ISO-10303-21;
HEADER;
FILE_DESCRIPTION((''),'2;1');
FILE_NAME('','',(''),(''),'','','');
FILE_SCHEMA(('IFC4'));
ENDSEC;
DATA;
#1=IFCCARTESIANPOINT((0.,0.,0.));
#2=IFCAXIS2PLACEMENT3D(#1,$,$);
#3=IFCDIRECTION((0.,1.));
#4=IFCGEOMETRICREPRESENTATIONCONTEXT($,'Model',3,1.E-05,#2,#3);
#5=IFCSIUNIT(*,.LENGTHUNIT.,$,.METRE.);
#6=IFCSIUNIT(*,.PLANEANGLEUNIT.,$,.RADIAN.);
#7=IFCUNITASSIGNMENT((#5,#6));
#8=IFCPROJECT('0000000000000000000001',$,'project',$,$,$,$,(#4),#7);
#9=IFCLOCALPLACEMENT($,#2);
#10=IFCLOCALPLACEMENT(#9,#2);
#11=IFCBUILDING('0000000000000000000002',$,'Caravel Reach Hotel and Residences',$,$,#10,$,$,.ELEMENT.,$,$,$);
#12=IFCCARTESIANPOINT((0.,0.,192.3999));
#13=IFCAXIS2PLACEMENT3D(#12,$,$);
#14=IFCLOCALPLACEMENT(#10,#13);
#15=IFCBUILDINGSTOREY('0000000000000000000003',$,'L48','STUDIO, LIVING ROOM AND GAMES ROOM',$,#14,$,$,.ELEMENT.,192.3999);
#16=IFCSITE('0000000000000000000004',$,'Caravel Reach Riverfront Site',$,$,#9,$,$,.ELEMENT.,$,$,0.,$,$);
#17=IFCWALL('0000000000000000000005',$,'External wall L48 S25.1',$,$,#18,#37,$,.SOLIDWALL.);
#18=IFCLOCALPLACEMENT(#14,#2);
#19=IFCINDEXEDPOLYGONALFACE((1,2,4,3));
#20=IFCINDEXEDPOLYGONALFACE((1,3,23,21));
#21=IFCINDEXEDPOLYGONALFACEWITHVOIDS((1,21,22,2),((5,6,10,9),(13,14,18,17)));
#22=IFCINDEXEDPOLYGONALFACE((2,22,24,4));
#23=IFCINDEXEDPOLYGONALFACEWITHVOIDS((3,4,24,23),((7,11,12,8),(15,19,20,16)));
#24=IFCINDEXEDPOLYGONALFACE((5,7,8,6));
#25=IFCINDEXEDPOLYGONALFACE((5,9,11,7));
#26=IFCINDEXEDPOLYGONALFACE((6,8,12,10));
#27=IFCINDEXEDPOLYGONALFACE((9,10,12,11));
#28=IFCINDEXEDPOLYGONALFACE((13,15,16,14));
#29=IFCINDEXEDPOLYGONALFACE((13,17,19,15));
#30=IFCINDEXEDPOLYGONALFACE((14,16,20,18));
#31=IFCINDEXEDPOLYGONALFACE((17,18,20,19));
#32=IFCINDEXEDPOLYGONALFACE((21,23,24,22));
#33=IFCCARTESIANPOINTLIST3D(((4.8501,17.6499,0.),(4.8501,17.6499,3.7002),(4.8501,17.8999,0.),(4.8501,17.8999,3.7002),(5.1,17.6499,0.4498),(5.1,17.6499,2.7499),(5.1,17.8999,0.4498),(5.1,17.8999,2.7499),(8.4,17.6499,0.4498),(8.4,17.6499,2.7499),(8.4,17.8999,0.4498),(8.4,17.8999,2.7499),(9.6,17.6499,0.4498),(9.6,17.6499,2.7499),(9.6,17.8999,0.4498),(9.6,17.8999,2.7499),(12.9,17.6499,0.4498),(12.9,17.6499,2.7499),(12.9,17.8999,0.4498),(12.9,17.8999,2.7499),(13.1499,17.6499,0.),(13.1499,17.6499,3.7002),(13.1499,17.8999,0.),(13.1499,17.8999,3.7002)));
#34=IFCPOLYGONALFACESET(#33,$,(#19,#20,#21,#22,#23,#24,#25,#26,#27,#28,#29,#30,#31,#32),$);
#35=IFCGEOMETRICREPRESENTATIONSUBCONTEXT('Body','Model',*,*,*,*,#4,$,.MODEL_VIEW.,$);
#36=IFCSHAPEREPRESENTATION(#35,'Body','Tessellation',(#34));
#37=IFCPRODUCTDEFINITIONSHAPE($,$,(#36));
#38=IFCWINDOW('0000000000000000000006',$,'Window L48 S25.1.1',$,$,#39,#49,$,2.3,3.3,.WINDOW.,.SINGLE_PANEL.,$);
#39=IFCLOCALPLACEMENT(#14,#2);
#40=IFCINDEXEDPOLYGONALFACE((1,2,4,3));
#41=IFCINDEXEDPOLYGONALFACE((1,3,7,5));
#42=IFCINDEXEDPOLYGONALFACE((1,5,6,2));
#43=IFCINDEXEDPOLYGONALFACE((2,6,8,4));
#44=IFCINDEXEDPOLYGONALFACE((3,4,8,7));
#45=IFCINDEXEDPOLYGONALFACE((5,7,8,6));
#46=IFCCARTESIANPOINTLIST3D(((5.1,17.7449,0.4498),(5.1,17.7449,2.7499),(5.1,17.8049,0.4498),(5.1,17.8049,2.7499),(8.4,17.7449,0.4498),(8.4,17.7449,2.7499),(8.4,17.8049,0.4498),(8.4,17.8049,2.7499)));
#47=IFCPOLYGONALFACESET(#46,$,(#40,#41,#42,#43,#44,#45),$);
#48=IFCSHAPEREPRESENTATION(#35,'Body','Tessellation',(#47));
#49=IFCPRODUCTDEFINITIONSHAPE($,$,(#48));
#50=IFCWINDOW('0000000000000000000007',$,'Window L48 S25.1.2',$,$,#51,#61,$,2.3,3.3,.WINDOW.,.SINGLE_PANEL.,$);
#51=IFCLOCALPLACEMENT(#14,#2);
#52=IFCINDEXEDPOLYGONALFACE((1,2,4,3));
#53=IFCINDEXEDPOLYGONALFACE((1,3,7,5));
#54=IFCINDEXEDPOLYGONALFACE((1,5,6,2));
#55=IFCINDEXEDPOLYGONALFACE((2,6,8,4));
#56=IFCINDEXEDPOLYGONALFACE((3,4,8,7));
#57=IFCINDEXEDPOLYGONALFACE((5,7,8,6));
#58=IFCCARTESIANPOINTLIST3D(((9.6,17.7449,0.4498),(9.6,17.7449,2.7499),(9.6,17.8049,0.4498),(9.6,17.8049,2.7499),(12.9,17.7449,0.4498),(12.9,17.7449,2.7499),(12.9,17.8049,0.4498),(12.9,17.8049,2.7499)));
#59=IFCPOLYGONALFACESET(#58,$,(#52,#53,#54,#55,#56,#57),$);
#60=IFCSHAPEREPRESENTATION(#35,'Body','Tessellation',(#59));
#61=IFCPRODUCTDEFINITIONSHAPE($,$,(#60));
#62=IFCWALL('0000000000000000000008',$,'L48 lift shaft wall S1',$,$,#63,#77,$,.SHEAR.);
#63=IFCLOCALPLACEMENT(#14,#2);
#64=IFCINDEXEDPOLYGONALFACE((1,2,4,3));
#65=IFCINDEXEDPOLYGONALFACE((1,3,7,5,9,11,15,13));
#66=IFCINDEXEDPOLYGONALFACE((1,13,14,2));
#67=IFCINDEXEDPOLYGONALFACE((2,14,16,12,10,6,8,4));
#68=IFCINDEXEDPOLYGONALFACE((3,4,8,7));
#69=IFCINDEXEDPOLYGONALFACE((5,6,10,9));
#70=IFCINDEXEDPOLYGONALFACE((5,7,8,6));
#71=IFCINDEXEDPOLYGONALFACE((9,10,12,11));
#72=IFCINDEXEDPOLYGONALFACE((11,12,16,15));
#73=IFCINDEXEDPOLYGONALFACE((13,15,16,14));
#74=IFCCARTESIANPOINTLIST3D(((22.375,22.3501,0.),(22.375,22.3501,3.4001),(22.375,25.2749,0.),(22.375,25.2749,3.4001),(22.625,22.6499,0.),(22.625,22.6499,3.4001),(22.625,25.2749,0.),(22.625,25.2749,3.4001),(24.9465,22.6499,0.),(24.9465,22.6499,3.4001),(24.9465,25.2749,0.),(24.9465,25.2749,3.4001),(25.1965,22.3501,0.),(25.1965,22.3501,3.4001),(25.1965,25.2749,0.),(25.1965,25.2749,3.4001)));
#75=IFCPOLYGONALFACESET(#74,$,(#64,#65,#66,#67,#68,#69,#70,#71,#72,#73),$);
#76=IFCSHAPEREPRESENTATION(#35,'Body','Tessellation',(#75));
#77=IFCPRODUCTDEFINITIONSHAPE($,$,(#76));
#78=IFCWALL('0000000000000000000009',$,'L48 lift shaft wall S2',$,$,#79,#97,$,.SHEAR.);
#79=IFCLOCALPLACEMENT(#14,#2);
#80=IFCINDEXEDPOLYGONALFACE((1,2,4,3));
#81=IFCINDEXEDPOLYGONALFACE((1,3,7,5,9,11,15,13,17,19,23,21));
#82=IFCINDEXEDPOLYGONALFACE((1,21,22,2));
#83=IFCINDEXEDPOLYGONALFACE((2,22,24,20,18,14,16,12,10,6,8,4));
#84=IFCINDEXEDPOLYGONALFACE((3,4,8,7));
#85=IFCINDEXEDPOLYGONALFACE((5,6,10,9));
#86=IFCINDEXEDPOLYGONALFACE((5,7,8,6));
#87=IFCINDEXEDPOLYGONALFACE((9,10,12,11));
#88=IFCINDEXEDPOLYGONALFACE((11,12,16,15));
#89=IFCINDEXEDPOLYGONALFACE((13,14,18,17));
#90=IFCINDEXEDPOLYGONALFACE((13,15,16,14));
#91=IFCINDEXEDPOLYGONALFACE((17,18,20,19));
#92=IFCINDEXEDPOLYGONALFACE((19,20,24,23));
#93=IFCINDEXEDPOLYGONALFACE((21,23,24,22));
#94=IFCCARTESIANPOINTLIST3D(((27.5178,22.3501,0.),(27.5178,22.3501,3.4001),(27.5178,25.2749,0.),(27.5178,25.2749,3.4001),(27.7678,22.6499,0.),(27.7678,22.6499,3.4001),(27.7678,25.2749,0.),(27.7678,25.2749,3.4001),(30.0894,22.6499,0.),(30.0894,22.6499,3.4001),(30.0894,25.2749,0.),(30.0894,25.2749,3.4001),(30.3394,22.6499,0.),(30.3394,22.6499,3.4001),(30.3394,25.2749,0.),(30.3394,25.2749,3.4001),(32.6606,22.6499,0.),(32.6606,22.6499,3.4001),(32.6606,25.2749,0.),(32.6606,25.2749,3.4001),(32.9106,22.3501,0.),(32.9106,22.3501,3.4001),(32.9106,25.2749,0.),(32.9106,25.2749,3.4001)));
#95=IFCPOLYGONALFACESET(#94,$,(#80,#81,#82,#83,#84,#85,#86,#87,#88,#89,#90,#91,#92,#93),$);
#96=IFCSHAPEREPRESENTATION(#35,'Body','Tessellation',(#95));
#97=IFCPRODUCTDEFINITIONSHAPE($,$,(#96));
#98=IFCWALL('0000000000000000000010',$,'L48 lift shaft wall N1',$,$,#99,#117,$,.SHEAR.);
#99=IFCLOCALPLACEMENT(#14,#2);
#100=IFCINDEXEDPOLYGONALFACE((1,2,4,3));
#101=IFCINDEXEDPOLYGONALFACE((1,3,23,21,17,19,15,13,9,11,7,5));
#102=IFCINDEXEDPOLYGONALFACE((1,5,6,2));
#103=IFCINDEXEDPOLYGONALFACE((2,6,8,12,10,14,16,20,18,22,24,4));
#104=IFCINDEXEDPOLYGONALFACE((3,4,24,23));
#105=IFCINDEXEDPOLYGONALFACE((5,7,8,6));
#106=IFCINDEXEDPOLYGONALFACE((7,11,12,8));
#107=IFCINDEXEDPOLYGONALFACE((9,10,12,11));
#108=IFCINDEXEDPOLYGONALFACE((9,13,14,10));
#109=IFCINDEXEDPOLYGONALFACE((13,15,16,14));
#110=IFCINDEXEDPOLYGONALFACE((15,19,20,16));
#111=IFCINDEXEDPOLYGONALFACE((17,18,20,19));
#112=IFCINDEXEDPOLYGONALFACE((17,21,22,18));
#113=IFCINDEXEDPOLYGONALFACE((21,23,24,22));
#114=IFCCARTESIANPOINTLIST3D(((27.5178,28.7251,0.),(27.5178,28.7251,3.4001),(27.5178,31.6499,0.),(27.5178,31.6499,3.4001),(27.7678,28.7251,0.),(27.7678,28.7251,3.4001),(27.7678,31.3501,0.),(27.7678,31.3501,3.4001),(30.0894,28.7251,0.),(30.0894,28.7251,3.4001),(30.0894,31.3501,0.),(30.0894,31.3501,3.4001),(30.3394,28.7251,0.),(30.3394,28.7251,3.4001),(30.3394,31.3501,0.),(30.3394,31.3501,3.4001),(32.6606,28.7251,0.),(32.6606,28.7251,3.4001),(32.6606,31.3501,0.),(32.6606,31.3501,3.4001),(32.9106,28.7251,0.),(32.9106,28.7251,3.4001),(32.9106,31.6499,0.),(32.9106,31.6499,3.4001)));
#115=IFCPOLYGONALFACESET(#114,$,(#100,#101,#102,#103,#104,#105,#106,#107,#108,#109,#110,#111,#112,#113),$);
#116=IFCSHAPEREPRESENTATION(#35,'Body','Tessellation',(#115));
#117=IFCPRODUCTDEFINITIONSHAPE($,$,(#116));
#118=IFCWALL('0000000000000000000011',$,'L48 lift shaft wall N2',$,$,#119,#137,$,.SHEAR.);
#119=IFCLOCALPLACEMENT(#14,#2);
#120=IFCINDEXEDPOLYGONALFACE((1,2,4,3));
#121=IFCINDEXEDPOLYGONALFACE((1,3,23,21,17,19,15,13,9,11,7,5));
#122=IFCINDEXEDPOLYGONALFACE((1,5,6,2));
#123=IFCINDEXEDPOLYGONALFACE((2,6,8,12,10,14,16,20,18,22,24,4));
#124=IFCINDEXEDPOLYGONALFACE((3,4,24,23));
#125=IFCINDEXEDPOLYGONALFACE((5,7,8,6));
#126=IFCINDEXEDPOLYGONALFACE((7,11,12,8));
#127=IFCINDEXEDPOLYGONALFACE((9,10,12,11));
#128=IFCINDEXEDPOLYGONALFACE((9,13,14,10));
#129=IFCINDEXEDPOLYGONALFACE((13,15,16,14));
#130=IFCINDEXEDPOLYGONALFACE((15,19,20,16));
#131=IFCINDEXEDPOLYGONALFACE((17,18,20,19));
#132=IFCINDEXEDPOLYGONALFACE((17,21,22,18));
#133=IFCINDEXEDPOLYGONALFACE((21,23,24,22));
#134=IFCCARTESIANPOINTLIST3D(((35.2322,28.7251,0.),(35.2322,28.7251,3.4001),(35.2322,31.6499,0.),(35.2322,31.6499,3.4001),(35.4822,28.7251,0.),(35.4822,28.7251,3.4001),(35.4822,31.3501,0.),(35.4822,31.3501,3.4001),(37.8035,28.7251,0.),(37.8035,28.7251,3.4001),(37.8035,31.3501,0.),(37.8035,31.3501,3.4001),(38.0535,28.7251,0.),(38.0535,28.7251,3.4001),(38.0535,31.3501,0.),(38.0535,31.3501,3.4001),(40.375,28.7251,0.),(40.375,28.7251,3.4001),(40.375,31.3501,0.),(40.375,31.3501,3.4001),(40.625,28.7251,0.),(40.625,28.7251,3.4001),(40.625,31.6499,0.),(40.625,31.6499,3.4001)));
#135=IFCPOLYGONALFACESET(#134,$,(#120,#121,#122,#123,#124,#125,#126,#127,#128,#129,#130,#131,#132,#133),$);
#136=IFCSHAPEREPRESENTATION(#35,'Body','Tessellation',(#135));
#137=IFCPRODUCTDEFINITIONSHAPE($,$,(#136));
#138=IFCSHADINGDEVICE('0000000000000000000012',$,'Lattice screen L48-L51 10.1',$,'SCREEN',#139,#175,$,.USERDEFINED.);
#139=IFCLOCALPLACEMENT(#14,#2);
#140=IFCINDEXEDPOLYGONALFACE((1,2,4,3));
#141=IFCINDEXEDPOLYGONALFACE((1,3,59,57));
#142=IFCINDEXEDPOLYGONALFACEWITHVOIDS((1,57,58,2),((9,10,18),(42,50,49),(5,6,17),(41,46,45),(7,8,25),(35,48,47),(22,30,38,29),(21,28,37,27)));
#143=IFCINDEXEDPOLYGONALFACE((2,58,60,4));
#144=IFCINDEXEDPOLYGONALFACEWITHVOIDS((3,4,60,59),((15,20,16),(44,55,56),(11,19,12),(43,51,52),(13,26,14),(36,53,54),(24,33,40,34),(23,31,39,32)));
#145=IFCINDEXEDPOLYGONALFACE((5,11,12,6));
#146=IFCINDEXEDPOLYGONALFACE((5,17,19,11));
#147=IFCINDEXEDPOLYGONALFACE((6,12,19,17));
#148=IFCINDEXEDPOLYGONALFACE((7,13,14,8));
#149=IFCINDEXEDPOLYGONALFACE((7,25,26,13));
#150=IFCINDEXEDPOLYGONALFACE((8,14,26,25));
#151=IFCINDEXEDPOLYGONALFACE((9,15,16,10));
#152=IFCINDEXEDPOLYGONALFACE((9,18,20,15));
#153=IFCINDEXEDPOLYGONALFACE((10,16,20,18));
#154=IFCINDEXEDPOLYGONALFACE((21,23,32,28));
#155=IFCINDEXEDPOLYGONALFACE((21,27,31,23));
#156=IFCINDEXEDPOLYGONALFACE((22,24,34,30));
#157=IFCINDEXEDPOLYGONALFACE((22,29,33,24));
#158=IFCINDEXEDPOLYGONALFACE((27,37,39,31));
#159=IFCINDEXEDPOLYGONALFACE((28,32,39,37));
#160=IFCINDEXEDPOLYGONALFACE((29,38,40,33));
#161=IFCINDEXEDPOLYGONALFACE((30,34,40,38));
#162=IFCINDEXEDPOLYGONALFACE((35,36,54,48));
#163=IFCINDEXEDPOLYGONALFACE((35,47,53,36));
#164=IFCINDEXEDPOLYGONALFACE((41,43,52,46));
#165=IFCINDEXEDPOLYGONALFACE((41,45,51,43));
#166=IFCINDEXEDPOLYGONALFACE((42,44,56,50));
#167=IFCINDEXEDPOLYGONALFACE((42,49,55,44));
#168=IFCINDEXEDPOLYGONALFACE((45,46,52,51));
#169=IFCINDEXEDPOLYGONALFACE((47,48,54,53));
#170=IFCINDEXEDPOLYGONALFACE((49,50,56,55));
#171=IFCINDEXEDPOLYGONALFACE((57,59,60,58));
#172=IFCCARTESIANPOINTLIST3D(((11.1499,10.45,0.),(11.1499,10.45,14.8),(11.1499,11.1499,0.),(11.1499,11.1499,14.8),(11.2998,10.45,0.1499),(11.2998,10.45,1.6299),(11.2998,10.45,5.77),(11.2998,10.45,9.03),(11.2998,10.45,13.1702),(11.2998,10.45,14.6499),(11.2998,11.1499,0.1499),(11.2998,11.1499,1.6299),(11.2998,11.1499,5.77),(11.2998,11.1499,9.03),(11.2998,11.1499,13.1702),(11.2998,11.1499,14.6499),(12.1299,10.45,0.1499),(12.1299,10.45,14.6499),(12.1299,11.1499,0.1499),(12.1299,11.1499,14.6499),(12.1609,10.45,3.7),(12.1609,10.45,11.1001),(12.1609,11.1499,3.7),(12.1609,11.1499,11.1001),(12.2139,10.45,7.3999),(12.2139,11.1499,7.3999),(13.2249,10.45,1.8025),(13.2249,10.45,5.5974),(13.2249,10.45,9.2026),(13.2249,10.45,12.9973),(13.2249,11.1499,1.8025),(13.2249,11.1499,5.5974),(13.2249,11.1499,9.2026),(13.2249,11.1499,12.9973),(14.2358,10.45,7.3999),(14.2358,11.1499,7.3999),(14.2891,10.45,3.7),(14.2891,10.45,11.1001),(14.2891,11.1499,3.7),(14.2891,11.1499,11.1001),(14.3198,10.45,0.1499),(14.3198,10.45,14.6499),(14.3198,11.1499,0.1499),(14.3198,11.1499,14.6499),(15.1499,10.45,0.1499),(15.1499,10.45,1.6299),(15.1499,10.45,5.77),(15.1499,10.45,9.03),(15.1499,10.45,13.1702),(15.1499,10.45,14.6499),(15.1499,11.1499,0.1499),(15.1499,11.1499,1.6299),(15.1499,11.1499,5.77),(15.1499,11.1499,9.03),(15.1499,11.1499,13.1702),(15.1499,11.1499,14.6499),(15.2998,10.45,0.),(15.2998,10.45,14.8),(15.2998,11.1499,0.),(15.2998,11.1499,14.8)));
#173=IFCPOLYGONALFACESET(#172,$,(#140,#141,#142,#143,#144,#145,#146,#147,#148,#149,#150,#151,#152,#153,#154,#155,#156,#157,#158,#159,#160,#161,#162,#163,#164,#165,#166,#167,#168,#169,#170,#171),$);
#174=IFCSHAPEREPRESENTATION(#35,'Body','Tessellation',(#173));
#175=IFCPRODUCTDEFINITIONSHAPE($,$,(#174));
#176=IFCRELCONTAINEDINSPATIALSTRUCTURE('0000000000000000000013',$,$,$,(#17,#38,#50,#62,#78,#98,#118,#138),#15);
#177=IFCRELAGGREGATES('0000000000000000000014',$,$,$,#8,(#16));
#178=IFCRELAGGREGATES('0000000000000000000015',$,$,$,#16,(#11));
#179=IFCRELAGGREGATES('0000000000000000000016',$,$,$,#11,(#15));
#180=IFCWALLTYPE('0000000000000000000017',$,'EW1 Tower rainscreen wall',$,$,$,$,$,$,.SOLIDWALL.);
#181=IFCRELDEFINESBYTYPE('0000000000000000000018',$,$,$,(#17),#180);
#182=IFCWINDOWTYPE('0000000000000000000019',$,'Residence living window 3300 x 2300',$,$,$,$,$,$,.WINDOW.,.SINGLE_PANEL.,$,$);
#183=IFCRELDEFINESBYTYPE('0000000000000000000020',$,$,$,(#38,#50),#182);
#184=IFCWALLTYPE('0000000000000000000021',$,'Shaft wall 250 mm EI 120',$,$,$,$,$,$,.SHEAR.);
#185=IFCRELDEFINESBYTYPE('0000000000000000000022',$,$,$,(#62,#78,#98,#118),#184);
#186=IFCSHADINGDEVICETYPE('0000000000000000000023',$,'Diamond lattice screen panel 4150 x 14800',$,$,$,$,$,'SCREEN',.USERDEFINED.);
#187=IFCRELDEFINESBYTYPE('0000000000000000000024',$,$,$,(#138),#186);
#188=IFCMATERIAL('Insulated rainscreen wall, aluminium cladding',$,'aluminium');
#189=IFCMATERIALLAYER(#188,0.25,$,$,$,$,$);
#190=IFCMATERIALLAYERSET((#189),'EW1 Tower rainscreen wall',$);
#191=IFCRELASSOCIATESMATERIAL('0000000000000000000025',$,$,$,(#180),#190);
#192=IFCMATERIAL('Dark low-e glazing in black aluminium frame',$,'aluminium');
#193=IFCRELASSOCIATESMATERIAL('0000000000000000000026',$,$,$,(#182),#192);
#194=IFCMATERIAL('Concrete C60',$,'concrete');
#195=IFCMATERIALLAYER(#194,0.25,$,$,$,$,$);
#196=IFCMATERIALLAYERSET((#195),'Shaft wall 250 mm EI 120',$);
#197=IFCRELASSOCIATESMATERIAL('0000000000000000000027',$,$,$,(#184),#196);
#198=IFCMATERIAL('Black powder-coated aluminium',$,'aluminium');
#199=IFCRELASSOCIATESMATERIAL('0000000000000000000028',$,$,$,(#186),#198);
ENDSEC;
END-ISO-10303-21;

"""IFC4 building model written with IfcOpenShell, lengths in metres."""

from ifc_helpers import new_model, si_unit, direction, frame, frame_2d, origin, place, context, subcontext, project, spatial, polyline, rectangle, outline, extrude, material, layer, layer_set, type_object, element, fill, save


model = new_model("IFC4")

# Units and contexts
model_context = context("Model", 3, precision=1e-05, world=origin(), true_north=direction((0.0, 1.0)))
body_context = subcontext(model_context, "Body", "Model", "MODEL_VIEW")
ifc_project = project(units=[si_unit("LENGTHUNIT", "METRE"), si_unit("PLANEANGLEUNIT", "RADIAN")], contexts=[model_context])

# Site, building, storey
site_placement = place(None, origin())
site = spatial("IfcSite", under=ifc_project, at=site_placement, Name="Caravel Reach Riverfront Site", CompositionType="ELEMENT", RefElevation=0.0)
building_placement = place(site_placement, origin())
building = spatial("IfcBuilding", under=site, at=building_placement, Name="Caravel Reach Hotel and Residences", CompositionType="ELEMENT")
storey_placement = place(building_placement, frame((0.0, 0.0, 192.3999)))
storey = spatial("IfcBuildingStorey", under=building, at=storey_placement, Name="L48", Description="STUDIO, LIVING ROOM AND GAMES ROOM", CompositionType="ELEMENT", Elevation=192.3999)

# Wall, openings, windows
ifc_material_1 = material(Name="Insulated rainscreen wall, aluminium cladding", Category="aluminium")
ifc_layer_1 = layer(ifc_material_1, 0.25)
ifc_layer_set_1 = layer_set([ifc_layer_1], Name="EW1 Tower rainscreen wall")
wall_type_1 = type_object("IfcWallType", Name="EW1 Tower rainscreen wall", PredefinedType="SOLIDWALL", material=ifc_layer_set_1)
wall_1_placement = place(storey_placement, frame((4.8501, 17.7749, 0.0), z_axis=(0.0, 0.0, 1.0), x_axis=(1.0, 0.0, 0.0)))
wall_1 = element("IfcWall", 1, at=wall_1_placement, inside=storey, type_object=wall_type_1, Name="External wall L48 S25.1", PredefinedType="SOLIDWALL", context=body_context, shape_type="SweptSolid", body=[
    extrude(rectangle(XDim=8.2998, YDim=0.25, at=frame_2d((4.1499, 0.0))), origin(), (0.0, 0.0, 1.0), 3.7002),
])
opening_1_placement = place(wall_1_placement, frame((0.25, 0.0, 0.45)))
opening_1 = element("IfcOpeningElement", 2, at=opening_1_placement, cuts=wall_1, PredefinedType="OPENING", context=body_context, shape_type="SweptSolid", body=[
    extrude(rectangle(XDim=3.3, YDim=2.3, at=frame_2d((1.6499, 1.1499))), frame((0.0, 0.135, 0.0), z_axis=(0.0, -1.0, 0.0), x_axis=(1.0, 0.0, 0.0)), (0.0, 0.0, 1.0), 0.27),
])
opening_2_placement = place(wall_1_placement, frame((4.75, 0.0, 0.45)))
opening_2 = element("IfcOpeningElement", 3, at=opening_2_placement, cuts=wall_1, PredefinedType="OPENING", context=body_context, shape_type="SweptSolid", body=[
    extrude(rectangle(XDim=3.3, YDim=2.3, at=frame_2d((1.6499, 1.1499))), frame((0.0, 0.135, 0.0), z_axis=(0.0, -1.0, 0.0), x_axis=(1.0, 0.0, 0.0)), (0.0, 0.0, 1.0), 0.27),
])
ifc_material_2 = material(Name="Dark low-e glazing in black aluminium frame", Category="aluminium")
window_type = type_object("IfcWindowType", Name="Residence living window 3300 x 2300", PartitioningType="SINGLE_PANEL", PredefinedType="WINDOW", material=ifc_material_2)
window_1_placement = place(opening_1_placement, origin())
window_1 = element("IfcWindow", 4, at=window_1_placement, inside=storey, type_object=window_type, Name="Window L48 S25.1.1", OverallHeight=2.3, OverallWidth=3.3, PartitioningType="SINGLE_PANEL", PredefinedType="WINDOW", context=body_context, shape_type="SweptSolid", body=[
    extrude(rectangle(XDim=3.3, YDim=2.3, at=frame_2d((1.6499, 1.1499))), frame((0.0, 0.03, 0.0), z_axis=(0.0, -1.0, 0.0), x_axis=(1.0, 0.0, 0.0)), (0.0, 0.0, 1.0), 0.0601),
])
fill(opening_1, window_1)
window_2_placement = place(opening_2_placement, origin())
window_2 = element("IfcWindow", 5, at=window_2_placement, inside=storey, type_object=window_type, Name="Window L48 S25.1.2", OverallHeight=2.3, OverallWidth=3.3, PartitioningType="SINGLE_PANEL", PredefinedType="WINDOW", context=body_context, shape_type="SweptSolid", body=[
    extrude(rectangle(XDim=3.3, YDim=2.3, at=frame_2d((1.6499, 1.1499))), frame((0.0, 0.03, 0.0), z_axis=(0.0, -1.0, 0.0), x_axis=(1.0, 0.0, 0.0)), (0.0, 0.0, 1.0), 0.0601),
])
fill(opening_2, window_2)

# Walls
ifc_material_3 = material(Name="Concrete C60", Category="concrete")
ifc_layer_2 = layer(ifc_material_3, 0.25)
ifc_layer_set_2 = layer_set([ifc_layer_2], Name="Shaft wall 250 mm EI 120")
wall_type_2 = type_object("IfcWallType", Name="Shaft wall 250 mm EI 120", PredefinedType="SHEAR", material=ifc_layer_set_2)
wall_2_placement = place(storey_placement, origin())
element("IfcWall", 6, at=wall_2_placement, inside=storey, type_object=wall_type_2, Name="L48 lift shaft wall S1", PredefinedType="SHEAR", context=body_context, shape_type="SweptSolid", body=[
    extrude(outline(polyline([(22.375, 22.3501), (25.1965, 22.3501), (25.1965, 25.2749), (24.9465, 25.2749), (24.9465, 22.6499), (22.625, 22.6499), (22.625, 25.2749), (22.375, 25.2749), (22.375, 22.3501)])), origin(), (0.0, 0.0, 1.0), 3.4001),
])
wall_3_placement = place(storey_placement, origin())
element("IfcWall", 7, at=wall_3_placement, inside=storey, type_object=wall_type_2, Name="L48 lift shaft wall S2", PredefinedType="SHEAR", context=body_context, shape_type="SweptSolid", body=[
    extrude(outline(polyline([(27.5178, 22.3501), (32.9106, 22.3501), (32.9106, 25.2749), (32.6606, 25.2749), (32.6606, 22.6499), (30.3394, 22.6499), (30.3394, 25.2749), (30.0894, 25.2749), (30.0894, 22.6499), (27.7678, 22.6499), (27.7678, 25.2749), (27.5178, 25.2749), (27.5178, 22.3501)])), origin(), (0.0, 0.0, 1.0), 3.4001),
])
wall_4_placement = place(storey_placement, origin())
element("IfcWall", 8, at=wall_4_placement, inside=storey, type_object=wall_type_2, Name="L48 lift shaft wall N1", PredefinedType="SHEAR", context=body_context, shape_type="SweptSolid", body=[
    extrude(outline(polyline([(27.5178, 28.7251), (27.7678, 28.7251), (27.7678, 31.3501), (30.0894, 31.3501), (30.0894, 28.7251), (30.3394, 28.7251), (30.3394, 31.3501), (32.6606, 31.3501), (32.6606, 28.7251), (32.9106, 28.7251), (32.9106, 31.6499), (27.5178, 31.6499), (27.5178, 28.7251)])), origin(), (0.0, 0.0, 1.0), 3.4001),
])
wall_5_placement = place(storey_placement, origin())
element("IfcWall", 9, at=wall_5_placement, inside=storey, type_object=wall_type_2, Name="L48 lift shaft wall N2", PredefinedType="SHEAR", context=body_context, shape_type="SweptSolid", body=[
    extrude(outline(polyline([(35.2322, 28.7251), (35.4822, 28.7251), (35.4822, 31.3501), (37.8035, 31.3501), (37.8035, 28.7251), (38.0535, 28.7251), (38.0535, 31.3501), (40.375, 31.3501), (40.375, 28.7251), (40.625, 28.7251), (40.625, 31.6499), (35.2322, 31.6499), (35.2322, 28.7251)])), origin(), (0.0, 0.0, 1.0), 3.4001),
])

# Shading device
ifc_material_4 = material(Name="Black powder-coated aluminium", Category="aluminium")
shading_device_type_1 = type_object("IfcShadingDeviceType", Name="Diamond lattice screen panel 4150 x 14800", ElementType="SCREEN", PredefinedType="USERDEFINED", material=ifc_material_4)
shading_device_1_placement = place(storey_placement, frame((11.1499, 11.1499, 0.0), z_axis=(0.0, -1.0, 0.0), x_axis=(1.0, 0.0, 0.0)))
element("IfcShadingDevice", 10, at=shading_device_1_placement, inside=storey, type_object=shading_device_type_1, Name="Lattice screen L48-L51 10.1", ObjectType="SCREEN", PredefinedType="USERDEFINED", context=body_context, shape_type="SweptSolid", body=[
    extrude(outline(polyline([(0.0, 0.0), (4.1499, 0.0), (4.1499, 14.8), (0.0, 14.8), (0.0, 0.0)]), holes=[polyline([(0.98, 0.1499), (0.1499, 1.6299), (0.1499, 0.1499), (0.98, 0.1499)]), polyline([(1.064, 7.3999), (0.1499, 9.03), (0.1499, 5.77), (1.064, 7.3999)]), polyline([(0.1499, 13.1702), (0.98, 14.6499), (0.1499, 14.6499), (0.1499, 13.1702)]), polyline([(2.075, 5.5974), (1.011, 3.7), (2.075, 1.8025), (3.1392, 3.7), (2.075, 5.5974)]), polyline([(2.075, 12.9973), (1.011, 11.1001), (2.075, 9.2026), (3.1392, 11.1001), (2.075, 12.9973)]), polyline([(4.0, 1.6299), (3.1699, 0.1499), (4.0, 0.1499), (4.0, 1.6299)]), polyline([(3.0859, 7.3999), (4.0, 5.77), (4.0, 9.03), (3.0859, 7.3999)]), polyline([(3.1699, 14.6499), (4.0, 13.1702), (4.0, 14.6499), (3.1699, 14.6499)])]), origin(), (0.0, 0.0, 1.0), 0.7),
])

save(model, "model.ifc")
